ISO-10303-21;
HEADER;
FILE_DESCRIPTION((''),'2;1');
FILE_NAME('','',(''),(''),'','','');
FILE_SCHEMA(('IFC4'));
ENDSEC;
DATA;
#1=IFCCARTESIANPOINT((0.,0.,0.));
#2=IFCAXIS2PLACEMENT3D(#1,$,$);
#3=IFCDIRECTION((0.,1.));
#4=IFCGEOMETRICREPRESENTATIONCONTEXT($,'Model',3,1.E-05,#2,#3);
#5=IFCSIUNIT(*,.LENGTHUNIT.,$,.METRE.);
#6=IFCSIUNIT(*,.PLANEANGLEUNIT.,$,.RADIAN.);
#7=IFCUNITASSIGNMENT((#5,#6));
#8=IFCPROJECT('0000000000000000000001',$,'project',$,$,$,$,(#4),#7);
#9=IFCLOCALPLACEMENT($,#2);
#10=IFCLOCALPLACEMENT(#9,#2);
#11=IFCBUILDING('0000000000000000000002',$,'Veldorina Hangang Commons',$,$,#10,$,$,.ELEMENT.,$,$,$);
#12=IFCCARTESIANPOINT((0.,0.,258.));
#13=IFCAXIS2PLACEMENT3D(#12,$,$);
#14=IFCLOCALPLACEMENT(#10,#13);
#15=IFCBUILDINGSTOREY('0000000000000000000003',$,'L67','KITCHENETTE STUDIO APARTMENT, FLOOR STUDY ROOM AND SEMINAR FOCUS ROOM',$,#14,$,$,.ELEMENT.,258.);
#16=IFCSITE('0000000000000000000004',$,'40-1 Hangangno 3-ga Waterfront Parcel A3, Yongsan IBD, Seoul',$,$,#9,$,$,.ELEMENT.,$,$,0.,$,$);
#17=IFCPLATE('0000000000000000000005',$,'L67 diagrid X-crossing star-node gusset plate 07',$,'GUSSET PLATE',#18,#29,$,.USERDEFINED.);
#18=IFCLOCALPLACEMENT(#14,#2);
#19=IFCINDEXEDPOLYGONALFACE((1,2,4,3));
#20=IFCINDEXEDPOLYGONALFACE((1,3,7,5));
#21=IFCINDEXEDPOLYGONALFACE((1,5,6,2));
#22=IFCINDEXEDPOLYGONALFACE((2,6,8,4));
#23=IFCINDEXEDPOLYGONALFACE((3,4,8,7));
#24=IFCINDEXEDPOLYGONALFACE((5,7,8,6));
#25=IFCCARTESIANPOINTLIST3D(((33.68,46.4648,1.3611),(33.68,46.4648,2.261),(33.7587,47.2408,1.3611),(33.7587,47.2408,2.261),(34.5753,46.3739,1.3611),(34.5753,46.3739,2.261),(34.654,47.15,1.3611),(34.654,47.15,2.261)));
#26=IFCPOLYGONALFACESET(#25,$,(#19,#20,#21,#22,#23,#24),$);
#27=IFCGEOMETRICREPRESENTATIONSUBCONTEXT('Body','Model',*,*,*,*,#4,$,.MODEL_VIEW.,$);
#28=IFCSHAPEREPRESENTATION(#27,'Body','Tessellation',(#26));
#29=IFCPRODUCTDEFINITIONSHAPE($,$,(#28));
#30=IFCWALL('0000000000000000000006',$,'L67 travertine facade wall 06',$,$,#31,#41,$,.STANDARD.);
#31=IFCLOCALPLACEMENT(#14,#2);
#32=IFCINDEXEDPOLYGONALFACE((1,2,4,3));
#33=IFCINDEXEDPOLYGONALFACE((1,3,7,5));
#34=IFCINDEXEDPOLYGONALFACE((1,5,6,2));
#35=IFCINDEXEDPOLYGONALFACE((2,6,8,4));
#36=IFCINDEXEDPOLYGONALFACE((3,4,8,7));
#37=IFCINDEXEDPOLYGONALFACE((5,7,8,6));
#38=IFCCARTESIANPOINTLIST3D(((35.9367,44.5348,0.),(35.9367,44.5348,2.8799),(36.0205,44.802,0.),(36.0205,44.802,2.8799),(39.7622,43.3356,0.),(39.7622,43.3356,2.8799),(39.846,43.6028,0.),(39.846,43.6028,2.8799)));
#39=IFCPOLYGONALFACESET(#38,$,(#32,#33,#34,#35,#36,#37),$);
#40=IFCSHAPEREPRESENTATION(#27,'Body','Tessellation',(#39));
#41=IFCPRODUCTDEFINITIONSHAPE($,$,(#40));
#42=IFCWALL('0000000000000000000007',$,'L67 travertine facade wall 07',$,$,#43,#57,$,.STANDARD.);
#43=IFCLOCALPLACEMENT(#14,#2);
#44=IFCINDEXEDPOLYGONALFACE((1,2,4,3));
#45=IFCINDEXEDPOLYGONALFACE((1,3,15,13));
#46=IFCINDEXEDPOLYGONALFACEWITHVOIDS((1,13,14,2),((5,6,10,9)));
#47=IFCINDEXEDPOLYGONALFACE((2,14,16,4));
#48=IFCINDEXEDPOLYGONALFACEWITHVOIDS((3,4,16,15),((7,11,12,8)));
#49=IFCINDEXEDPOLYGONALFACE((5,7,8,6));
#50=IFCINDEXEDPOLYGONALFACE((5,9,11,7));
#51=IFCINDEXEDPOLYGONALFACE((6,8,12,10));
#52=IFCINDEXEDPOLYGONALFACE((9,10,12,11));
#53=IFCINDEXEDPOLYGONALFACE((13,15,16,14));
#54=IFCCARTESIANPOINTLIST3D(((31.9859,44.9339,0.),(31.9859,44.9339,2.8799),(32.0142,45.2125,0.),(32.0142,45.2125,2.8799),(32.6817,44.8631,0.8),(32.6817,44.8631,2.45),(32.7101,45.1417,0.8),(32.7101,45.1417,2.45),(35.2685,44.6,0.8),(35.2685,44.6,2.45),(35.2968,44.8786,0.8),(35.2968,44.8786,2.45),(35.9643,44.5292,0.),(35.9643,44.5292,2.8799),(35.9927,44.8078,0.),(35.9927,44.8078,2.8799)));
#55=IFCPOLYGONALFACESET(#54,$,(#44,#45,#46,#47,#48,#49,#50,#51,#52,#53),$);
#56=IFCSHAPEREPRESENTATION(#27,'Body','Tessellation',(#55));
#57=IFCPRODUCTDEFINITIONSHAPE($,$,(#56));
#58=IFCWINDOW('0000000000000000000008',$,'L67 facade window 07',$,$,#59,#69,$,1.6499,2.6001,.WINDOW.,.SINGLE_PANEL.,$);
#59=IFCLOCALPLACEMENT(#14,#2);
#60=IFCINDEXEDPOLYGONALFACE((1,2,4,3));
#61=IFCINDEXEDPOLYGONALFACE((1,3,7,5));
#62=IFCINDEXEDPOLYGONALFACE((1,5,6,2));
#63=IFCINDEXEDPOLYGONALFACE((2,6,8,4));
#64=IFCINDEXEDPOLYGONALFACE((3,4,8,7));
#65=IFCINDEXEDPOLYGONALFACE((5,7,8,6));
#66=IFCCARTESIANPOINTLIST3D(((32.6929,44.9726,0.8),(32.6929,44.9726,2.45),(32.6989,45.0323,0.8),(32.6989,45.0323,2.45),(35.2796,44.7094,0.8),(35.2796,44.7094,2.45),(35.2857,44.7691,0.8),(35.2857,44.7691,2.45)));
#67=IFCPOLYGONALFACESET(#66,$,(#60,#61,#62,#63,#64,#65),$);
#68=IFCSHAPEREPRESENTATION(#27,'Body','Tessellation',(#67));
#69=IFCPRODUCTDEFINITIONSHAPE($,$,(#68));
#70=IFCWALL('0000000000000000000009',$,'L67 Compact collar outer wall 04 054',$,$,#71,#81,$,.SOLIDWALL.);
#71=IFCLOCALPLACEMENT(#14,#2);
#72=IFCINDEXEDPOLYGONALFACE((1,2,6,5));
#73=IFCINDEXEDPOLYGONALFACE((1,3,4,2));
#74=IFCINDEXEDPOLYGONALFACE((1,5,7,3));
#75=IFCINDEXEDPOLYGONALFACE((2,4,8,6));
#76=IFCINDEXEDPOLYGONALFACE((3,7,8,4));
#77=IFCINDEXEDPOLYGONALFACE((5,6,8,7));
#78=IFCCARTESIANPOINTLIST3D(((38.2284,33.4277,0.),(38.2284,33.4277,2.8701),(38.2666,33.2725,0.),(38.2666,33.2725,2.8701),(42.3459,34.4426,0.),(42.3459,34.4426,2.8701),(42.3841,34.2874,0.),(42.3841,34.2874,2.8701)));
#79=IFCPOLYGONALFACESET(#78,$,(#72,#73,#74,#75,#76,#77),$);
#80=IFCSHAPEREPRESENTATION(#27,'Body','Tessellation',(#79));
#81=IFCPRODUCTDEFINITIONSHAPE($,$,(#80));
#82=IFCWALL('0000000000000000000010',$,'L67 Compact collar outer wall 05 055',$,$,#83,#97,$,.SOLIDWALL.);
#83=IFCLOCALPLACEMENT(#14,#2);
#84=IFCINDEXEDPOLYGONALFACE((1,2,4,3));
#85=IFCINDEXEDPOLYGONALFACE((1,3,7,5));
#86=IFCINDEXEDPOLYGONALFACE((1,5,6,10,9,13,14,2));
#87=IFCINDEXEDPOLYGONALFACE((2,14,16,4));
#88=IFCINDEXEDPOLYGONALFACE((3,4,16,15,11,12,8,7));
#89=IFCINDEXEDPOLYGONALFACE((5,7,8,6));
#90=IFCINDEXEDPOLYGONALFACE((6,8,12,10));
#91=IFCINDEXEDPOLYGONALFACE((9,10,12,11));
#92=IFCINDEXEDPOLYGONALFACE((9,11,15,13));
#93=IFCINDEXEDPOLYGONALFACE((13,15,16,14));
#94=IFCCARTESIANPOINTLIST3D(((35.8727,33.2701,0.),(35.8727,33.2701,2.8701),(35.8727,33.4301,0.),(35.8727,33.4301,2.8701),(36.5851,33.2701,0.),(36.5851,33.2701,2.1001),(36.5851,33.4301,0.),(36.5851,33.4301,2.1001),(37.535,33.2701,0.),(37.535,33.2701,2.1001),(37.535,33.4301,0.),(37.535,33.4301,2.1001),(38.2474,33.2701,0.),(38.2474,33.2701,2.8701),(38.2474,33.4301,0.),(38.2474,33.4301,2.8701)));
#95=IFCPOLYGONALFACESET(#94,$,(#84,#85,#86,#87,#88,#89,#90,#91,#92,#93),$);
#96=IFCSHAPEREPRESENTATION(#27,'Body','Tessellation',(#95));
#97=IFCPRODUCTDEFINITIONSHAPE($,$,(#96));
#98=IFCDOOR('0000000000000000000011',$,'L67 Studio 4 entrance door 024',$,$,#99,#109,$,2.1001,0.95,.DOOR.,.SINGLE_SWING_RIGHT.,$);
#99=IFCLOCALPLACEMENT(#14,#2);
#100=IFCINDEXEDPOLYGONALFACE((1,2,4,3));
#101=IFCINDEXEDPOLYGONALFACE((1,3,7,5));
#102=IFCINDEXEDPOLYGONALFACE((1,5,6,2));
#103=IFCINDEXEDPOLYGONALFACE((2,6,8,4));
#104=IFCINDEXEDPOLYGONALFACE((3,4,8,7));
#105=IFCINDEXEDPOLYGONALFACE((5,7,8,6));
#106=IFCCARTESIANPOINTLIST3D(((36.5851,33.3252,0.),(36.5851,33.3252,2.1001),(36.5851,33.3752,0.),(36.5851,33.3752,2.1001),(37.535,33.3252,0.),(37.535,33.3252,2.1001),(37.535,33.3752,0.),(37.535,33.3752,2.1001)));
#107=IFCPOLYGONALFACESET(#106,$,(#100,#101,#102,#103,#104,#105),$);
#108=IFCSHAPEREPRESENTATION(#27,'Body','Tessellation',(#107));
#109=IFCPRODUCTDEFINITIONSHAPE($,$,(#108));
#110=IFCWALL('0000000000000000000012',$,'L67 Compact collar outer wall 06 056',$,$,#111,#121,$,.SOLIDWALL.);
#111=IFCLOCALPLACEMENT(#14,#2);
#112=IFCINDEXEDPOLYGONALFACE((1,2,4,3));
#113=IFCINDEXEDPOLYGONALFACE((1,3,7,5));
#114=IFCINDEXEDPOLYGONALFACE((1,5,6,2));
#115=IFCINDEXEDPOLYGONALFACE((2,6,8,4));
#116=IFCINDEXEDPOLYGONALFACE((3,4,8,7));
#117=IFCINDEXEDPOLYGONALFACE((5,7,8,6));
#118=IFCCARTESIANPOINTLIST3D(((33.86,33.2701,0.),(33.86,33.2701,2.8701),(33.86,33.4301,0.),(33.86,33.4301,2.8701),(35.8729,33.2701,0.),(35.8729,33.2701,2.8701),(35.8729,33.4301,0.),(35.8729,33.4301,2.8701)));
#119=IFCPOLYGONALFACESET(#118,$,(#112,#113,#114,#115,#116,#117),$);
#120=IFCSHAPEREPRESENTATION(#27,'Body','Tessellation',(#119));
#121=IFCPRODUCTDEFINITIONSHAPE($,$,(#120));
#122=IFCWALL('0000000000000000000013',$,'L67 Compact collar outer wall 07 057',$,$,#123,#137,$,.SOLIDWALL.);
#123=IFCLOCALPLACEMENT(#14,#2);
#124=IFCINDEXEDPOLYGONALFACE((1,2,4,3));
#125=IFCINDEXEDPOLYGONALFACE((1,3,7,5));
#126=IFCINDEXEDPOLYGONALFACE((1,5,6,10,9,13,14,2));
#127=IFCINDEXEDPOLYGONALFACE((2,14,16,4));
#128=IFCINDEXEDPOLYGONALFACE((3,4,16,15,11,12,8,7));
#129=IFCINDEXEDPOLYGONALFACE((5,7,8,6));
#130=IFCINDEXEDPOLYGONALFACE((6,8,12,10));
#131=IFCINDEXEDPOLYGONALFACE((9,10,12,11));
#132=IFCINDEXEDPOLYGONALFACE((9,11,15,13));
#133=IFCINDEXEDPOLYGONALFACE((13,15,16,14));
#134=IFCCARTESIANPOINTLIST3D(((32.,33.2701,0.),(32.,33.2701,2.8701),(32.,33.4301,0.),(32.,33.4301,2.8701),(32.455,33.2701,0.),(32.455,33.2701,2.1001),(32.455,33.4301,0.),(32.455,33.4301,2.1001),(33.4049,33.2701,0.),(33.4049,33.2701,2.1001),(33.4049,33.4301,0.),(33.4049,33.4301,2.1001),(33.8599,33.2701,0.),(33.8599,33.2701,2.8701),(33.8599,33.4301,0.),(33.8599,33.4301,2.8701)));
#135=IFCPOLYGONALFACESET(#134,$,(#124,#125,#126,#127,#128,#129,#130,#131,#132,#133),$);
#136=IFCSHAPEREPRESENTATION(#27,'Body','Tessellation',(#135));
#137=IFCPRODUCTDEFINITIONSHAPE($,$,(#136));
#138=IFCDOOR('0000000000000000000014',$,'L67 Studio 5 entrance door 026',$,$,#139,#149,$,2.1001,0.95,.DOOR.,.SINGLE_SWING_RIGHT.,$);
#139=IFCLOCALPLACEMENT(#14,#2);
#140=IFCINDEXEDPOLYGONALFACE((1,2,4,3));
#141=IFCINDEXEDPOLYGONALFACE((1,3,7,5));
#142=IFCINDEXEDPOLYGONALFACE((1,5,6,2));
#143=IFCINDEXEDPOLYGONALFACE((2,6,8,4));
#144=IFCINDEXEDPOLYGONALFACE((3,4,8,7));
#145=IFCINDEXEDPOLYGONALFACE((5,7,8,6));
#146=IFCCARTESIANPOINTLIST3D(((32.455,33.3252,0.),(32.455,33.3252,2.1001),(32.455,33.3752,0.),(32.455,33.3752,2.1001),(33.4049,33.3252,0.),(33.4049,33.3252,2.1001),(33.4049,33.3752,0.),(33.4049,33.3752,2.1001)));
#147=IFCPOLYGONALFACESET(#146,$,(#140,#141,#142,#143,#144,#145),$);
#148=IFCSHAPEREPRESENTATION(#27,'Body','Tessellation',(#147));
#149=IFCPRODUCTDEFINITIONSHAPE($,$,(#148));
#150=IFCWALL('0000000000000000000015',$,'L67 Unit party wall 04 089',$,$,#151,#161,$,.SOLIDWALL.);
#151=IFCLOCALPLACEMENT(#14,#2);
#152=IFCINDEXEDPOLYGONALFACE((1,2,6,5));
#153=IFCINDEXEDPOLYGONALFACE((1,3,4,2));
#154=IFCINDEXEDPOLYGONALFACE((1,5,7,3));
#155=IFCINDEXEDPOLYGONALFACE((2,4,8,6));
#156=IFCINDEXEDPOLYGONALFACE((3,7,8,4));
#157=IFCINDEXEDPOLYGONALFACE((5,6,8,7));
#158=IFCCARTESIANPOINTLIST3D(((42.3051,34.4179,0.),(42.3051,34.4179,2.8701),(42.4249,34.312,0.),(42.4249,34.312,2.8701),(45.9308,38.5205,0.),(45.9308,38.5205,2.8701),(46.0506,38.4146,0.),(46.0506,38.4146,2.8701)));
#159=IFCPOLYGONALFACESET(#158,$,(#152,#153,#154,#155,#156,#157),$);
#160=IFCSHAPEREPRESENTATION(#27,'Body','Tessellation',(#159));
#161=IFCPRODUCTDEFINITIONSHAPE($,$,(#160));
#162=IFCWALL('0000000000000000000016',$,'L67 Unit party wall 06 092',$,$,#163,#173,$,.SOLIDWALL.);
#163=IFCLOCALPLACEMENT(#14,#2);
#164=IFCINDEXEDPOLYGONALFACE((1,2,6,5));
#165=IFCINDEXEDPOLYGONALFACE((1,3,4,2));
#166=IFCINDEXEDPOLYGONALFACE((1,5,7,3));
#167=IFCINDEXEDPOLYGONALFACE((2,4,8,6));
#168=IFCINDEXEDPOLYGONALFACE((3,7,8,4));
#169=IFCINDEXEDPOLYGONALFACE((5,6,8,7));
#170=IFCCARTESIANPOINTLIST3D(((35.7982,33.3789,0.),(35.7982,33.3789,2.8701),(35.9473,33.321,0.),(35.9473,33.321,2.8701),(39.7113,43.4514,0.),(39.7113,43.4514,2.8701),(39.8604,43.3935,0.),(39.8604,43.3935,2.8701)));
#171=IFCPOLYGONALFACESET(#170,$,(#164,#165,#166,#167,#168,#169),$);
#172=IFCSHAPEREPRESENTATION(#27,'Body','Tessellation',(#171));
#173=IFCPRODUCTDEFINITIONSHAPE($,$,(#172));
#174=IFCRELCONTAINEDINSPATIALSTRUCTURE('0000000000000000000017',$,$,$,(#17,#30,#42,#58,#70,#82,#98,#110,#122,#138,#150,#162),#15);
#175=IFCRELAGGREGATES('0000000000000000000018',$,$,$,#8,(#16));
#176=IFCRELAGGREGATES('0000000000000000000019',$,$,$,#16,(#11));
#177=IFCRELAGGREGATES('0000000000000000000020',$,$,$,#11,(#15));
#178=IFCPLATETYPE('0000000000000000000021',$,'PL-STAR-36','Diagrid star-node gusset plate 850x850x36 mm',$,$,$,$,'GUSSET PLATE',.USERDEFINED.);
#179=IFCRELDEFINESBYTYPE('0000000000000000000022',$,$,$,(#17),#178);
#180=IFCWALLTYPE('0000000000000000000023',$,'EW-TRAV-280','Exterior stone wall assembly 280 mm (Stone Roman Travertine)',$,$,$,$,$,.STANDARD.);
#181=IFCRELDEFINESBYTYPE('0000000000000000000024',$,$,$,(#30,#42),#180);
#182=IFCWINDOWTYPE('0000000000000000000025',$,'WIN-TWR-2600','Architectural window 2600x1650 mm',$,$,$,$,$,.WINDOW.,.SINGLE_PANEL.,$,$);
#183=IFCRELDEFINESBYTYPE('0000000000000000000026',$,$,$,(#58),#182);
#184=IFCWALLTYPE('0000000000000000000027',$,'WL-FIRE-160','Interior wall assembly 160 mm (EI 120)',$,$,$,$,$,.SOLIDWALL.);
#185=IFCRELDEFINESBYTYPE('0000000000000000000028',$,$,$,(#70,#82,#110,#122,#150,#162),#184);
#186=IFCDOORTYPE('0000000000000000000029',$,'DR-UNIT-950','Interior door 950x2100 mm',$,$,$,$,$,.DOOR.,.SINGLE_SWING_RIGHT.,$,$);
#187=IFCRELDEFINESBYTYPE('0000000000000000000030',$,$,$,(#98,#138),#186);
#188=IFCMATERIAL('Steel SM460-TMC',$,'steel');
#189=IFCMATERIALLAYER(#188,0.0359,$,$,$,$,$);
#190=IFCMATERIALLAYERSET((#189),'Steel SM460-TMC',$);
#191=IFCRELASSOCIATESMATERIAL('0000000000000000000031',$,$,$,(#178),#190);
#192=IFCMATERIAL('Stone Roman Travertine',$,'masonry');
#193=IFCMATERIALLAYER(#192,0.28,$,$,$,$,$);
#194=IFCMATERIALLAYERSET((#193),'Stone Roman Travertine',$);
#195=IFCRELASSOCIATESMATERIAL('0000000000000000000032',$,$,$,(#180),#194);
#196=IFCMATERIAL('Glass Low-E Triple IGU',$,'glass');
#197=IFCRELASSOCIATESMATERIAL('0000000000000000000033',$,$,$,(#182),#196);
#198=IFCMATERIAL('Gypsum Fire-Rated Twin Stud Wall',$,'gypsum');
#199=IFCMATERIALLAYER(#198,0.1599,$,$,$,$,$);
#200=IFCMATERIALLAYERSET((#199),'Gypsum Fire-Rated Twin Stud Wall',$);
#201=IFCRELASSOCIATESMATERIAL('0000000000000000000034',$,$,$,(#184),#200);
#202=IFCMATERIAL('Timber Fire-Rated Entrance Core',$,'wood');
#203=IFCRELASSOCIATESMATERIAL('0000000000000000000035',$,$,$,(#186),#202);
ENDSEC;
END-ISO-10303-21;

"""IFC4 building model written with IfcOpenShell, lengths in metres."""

from ifc_helpers import new_model, si_unit, direction, frame, frame_2d, origin, origin_2d, place, context, subcontext, project, spatial, rectangle, extrude, material, layer, layer_set, type_object, element, fill, save


model = new_model("IFC4")

# Units and contexts
model_context = context("Model", 3, precision=1e-05, world=origin(), true_north=direction((0.0, 1.0)))
body_context = subcontext(model_context, "Body", "Model", "MODEL_VIEW")
ifc_project = project(units=[si_unit("LENGTHUNIT", "METRE"), si_unit("PLANEANGLEUNIT", "RADIAN")], contexts=[model_context])

# Site, building, storey
site_placement = place(None, origin())
site = spatial("IfcSite", under=ifc_project, at=site_placement, Name="40-1 Hangangno 3-ga Waterfront Parcel A3, Yongsan IBD, Seoul", CompositionType="ELEMENT", RefElevation=0.0)
building_placement = place(site_placement, origin())
building = spatial("IfcBuilding", under=site, at=building_placement, Name="Veldorina Hangang Commons", CompositionType="ELEMENT")
storey_placement = place(building_placement, frame((0.0, 0.0, 258.0)))
storey = spatial("IfcBuildingStorey", under=building, at=storey_placement, Name="L67", Description="KITCHENETTE STUDIO APARTMENT, FLOOR STUDY ROOM AND SEMINAR FOCUS ROOM", CompositionType="ELEMENT", Elevation=258.0)

# Plate
ifc_material_1 = material(Name="Steel SM460-TMC", Category="steel")
ifc_layer_1 = layer(ifc_material_1, 0.0359)
ifc_layer_set_1 = layer_set([ifc_layer_1], Name="Steel SM460-TMC")
plate_type = type_object("IfcPlateType", Name="PL-STAR-36", Description="Diagrid star-node gusset plate 850x850x36 mm", ElementType="GUSSET PLATE", PredefinedType="USERDEFINED", material=ifc_layer_set_1)
plate_1_placement = place(storey_placement, frame((34.167, 46.8074, 1.3611), z_axis=(0.0, 0.0, 1.0), x_axis=(-0.99489, 0.100969, 0.0)))
element("IfcPlate", 1, at=plate_1_placement, inside=storey, type_object=plate_type, Name="L67 diagrid X-crossing star-node gusset plate 07", ObjectType="GUSSET PLATE", PredefinedType="USERDEFINED", context=body_context, shape_type="SweptSolid", body=[
    extrude(rectangle(XDim=0.8999, YDim=0.78, at=origin_2d()), origin(), (0.0, 0.0, 1.0), 0.8999),
])

# Wall
ifc_material_2 = material(Name="Stone Roman Travertine", Category="masonry")
ifc_layer_2 = layer(ifc_material_2, 0.28)
ifc_layer_set_2 = layer_set([ifc_layer_2], Name="Stone Roman Travertine")
wall_type_1 = type_object("IfcWallType", Name="EW-TRAV-280", Description="Exterior stone wall assembly 280 mm (Stone Roman Travertine)", PredefinedType="STANDARD", material=ifc_layer_set_2)
wall_1_placement = place(storey_placement, frame((39.804, 43.4692, 0.0), z_axis=(0.0, 0.0, 1.0), x_axis=(-0.954212, 0.299131, 0.0)))
element("IfcWall", 2, at=wall_1_placement, inside=storey, type_object=wall_type_1, Name="L67 travertine facade wall 06", PredefinedType="STANDARD", context=body_context, shape_type="SweptSolid", body=[
    extrude(rectangle(XDim=4.009, YDim=0.28, at=frame_2d((2.0044, 0.0))), origin(), (0.0, 0.0, 1.0), 2.8799),
])

# Wall, opening, window
wall_2_placement = place(storey_placement, frame((35.9785, 44.6685, 0.0), z_axis=(0.0, 0.0, 1.0), x_axis=(-0.994864, 0.10122, 0.0)))
wall_2 = element("IfcWall", 3, at=wall_2_placement, inside=storey, type_object=wall_type_1, Name="L67 travertine facade wall 07", PredefinedType="STANDARD", context=body_context, shape_type="SweptSolid", body=[
    extrude(rectangle(XDim=3.999, YDim=0.28, at=frame_2d((1.9995, 0.0))), origin(), (0.0, 0.0, 1.0), 2.8799),
])
opening_1_placement = place(wall_2_placement, frame((0.6995, 0.0, 0.8)))
opening_1 = element("IfcOpeningElement", 4, at=opening_1_placement, cuts=wall_2, PredefinedType="OPENING", context=body_context, shape_type="SweptSolid", body=[
    extrude(rectangle(XDim=2.6001, YDim=1.6499, at=frame_2d((1.3, 0.825))), frame((0.0, 0.1499, 0.0), z_axis=(0.0, -1.0, 0.0), x_axis=(1.0, 0.0, 0.0)), (0.0, 0.0, 1.0), 0.3),
])
ifc_material_3 = material(Name="Glass Low-E Triple IGU", Category="glass")
window_type = type_object("IfcWindowType", Name="WIN-TWR-2600", Description="Architectural window 2600x1650 mm", PartitioningType="SINGLE_PANEL", PredefinedType="WINDOW", material=ifc_material_3)
window_placement = place(opening_1_placement, origin())
window = element("IfcWindow", 5, at=window_placement, inside=storey, type_object=window_type, Name="L67 facade window 07", OverallHeight=1.6499, OverallWidth=2.6001, PartitioningType="SINGLE_PANEL", PredefinedType="WINDOW", context=body_context, shape_type="SweptSolid", body=[
    extrude(rectangle(XDim=2.6001, YDim=1.6499, at=frame_2d((1.3, 0.825))), frame((0.0, 0.03, 0.0), z_axis=(0.0, -1.0, 0.0), x_axis=(1.0, 0.0, 0.0)), (0.0, 0.0, 1.0), 0.0601),
])
fill(opening_1, window)

# Wall
ifc_material_4 = material(Name="Gypsum Fire-Rated Twin Stud Wall", Category="gypsum")
ifc_layer_3 = layer(ifc_material_4, 0.1599)
ifc_layer_set_3 = layer_set([ifc_layer_3], Name="Gypsum Fire-Rated Twin Stud Wall")
wall_type_2 = type_object("IfcWallType", Name="WL-FIRE-160", Description="Interior wall assembly 160 mm (EI 120)", PredefinedType="SOLIDWALL", material=ifc_layer_set_3)
wall_3_placement = place(storey_placement, frame((42.365, 34.365, 0.0), z_axis=(0.0, 0.0, 1.0), x_axis=(-0.97094, -0.239324, 0.0)))
element("IfcWall", 6, at=wall_3_placement, inside=storey, type_object=wall_type_2, Name="L67 Compact collar outer wall 04 054", PredefinedType="SOLIDWALL", context=body_context, shape_type="SweptSolid", body=[
    extrude(rectangle(XDim=4.2407, YDim=0.1599, at=frame_2d((2.1204, 0.0))), origin(), (0.0, 0.0, 1.0), 2.8701),
])

# Wall, opening, door
wall_4_placement = place(storey_placement, frame((38.2476, 33.3501, 0.0), z_axis=(0.0, 0.0, 1.0), x_axis=(-1.0, 0.0, 0.0)))
wall_4 = element("IfcWall", 7, at=wall_4_placement, inside=storey, type_object=wall_type_2, Name="L67 Compact collar outer wall 05 055", PredefinedType="SOLIDWALL", context=body_context, shape_type="SweptSolid", body=[
    extrude(rectangle(XDim=2.3748, YDim=0.1599, at=frame_2d((1.1875, 0.0))), origin(), (0.0, 0.0, 1.0), 2.8701),
])
opening_2_placement = place(wall_4_placement, frame((0.7124, 0.0, 0.0)))
opening_2 = element("IfcOpeningElement", 8, at=opening_2_placement, cuts=wall_4, PredefinedType="OPENING", context=body_context, shape_type="SweptSolid", body=[
    extrude(rectangle(XDim=0.95, YDim=2.1001, at=frame_2d((0.4751, 1.05))), frame((0.0, 0.0898, 0.0), z_axis=(0.0, -1.0, 0.0), x_axis=(1.0, 0.0, 0.0)), (0.0, 0.0, 1.0), 0.1799),
])
ifc_material_5 = material(Name="Timber Fire-Rated Entrance Core", Category="wood")
door_type_1 = type_object("IfcDoorType", Name="DR-UNIT-950", Description="Interior door 950x2100 mm", OperationType="SINGLE_SWING_RIGHT", PredefinedType="DOOR", material=ifc_material_5)
door_1_placement = place(opening_2_placement, origin())
door_1 = element("IfcDoor", 9, at=door_1_placement, inside=storey, type_object=door_type_1, Name="L67 Studio 4 entrance door 024", OperationType="SINGLE_SWING_RIGHT", OverallHeight=2.1001, OverallWidth=0.95, PredefinedType="DOOR", context=body_context, shape_type="SweptSolid", body=[
    extrude(rectangle(XDim=0.95, YDim=2.1001, at=frame_2d((0.4751, 1.05))), frame((0.0, 0.0249, 0.0), z_axis=(0.0, -1.0, 0.0), x_axis=(1.0, 0.0, 0.0)), (0.0, 0.0, 1.0), 0.05),
])
fill(opening_2, door_1)

# Wall
wall_5_placement = place(storey_placement, frame((35.8728, 33.3501, 0.0), z_axis=(0.0, 0.0, 1.0), x_axis=(-1.0, 0.0, 0.0)))
element("IfcWall", 10, at=wall_5_placement, inside=storey, type_object=wall_type_2, Name="L67 Compact collar outer wall 06 056", PredefinedType="SOLIDWALL", context=body_context, shape_type="SweptSolid", body=[
    extrude(rectangle(XDim=2.0129, YDim=0.1599, at=frame_2d((1.0063, 0.0))), origin(), (0.0, 0.0, 1.0), 2.8701),
])

# Wall, opening, door
wall_6_placement = place(storey_placement, frame((33.8599, 33.3501, 0.0), z_axis=(0.0, 0.0, 1.0), x_axis=(-1.0, 0.0, 0.0)))
wall_6 = element("IfcWall", 11, at=wall_6_placement, inside=storey, type_object=wall_type_2, Name="L67 Compact collar outer wall 07 057", PredefinedType="SOLIDWALL", context=body_context, shape_type="SweptSolid", body=[
    extrude(rectangle(XDim=1.8599, YDim=0.1599, at=frame_2d((0.9299, 0.0))), origin(), (0.0, 0.0, 1.0), 2.8701),
])
opening_3_placement = place(wall_6_placement, frame((0.4548, 0.0, 0.0)))
opening_3 = element("IfcOpeningElement", 12, at=opening_3_placement, cuts=wall_6, PredefinedType="OPENING", context=body_context, shape_type="SweptSolid", body=[
    extrude(rectangle(XDim=0.95, YDim=2.1001, at=frame_2d((0.4751, 1.05))), frame((0.0, 0.0898, 0.0), z_axis=(0.0, -1.0, 0.0), x_axis=(1.0, 0.0, 0.0)), (0.0, 0.0, 1.0), 0.1799),
])
door_2_placement = place(opening_3_placement, origin())
door_2 = element("IfcDoor", 13, at=door_2_placement, inside=storey, type_object=door_type_1, Name="L67 Studio 5 entrance door 026", OperationType="SINGLE_SWING_RIGHT", OverallHeight=2.1001, OverallWidth=0.95, PredefinedType="DOOR", context=body_context, shape_type="SweptSolid", body=[
    extrude(rectangle(XDim=0.95, YDim=2.1001, at=frame_2d((0.4751, 1.05))), frame((0.0, 0.0249, 0.0), z_axis=(0.0, -1.0, 0.0), x_axis=(1.0, 0.0, 0.0)), (0.0, 0.0, 1.0), 0.05),
])
fill(opening_3, door_2)

# Walls
wall_7_placement = place(storey_placement, frame((42.365, 34.365, 0.0), z_axis=(0.0, 0.0, 1.0), x_axis=(0.662222, 0.749308, 0.0)))
element("IfcWall", 14, at=wall_7_placement, inside=storey, type_object=wall_type_2, Name="L67 Unit party wall 04 089", PredefinedType="SOLIDWALL", context=body_context, shape_type="SweptSolid", body=[
    extrude(rectangle(XDim=5.4751, YDim=0.1599, at=frame_2d((2.7375, 0.0))), origin(), (0.0, 0.0, 1.0), 2.8701),
])
wall_8_placement = place(storey_placement, frame((35.8728, 33.3501, 0.0), z_axis=(0.0, 0.0, 1.0), x_axis=(0.362125, 0.93213, 0.0)))
element("IfcWall", 15, at=wall_8_placement, inside=storey, type_object=wall_type_2, Name="L67 Unit party wall 06 092", PredefinedType="SOLIDWALL", context=body_context, shape_type="SweptSolid", body=[
    extrude(rectangle(XDim=10.8059, YDim=0.1599, at=frame_2d((5.4028, 0.0))), origin(), (0.0, 0.0, 1.0), 2.8701),
])

save(model, "model.ifc")
